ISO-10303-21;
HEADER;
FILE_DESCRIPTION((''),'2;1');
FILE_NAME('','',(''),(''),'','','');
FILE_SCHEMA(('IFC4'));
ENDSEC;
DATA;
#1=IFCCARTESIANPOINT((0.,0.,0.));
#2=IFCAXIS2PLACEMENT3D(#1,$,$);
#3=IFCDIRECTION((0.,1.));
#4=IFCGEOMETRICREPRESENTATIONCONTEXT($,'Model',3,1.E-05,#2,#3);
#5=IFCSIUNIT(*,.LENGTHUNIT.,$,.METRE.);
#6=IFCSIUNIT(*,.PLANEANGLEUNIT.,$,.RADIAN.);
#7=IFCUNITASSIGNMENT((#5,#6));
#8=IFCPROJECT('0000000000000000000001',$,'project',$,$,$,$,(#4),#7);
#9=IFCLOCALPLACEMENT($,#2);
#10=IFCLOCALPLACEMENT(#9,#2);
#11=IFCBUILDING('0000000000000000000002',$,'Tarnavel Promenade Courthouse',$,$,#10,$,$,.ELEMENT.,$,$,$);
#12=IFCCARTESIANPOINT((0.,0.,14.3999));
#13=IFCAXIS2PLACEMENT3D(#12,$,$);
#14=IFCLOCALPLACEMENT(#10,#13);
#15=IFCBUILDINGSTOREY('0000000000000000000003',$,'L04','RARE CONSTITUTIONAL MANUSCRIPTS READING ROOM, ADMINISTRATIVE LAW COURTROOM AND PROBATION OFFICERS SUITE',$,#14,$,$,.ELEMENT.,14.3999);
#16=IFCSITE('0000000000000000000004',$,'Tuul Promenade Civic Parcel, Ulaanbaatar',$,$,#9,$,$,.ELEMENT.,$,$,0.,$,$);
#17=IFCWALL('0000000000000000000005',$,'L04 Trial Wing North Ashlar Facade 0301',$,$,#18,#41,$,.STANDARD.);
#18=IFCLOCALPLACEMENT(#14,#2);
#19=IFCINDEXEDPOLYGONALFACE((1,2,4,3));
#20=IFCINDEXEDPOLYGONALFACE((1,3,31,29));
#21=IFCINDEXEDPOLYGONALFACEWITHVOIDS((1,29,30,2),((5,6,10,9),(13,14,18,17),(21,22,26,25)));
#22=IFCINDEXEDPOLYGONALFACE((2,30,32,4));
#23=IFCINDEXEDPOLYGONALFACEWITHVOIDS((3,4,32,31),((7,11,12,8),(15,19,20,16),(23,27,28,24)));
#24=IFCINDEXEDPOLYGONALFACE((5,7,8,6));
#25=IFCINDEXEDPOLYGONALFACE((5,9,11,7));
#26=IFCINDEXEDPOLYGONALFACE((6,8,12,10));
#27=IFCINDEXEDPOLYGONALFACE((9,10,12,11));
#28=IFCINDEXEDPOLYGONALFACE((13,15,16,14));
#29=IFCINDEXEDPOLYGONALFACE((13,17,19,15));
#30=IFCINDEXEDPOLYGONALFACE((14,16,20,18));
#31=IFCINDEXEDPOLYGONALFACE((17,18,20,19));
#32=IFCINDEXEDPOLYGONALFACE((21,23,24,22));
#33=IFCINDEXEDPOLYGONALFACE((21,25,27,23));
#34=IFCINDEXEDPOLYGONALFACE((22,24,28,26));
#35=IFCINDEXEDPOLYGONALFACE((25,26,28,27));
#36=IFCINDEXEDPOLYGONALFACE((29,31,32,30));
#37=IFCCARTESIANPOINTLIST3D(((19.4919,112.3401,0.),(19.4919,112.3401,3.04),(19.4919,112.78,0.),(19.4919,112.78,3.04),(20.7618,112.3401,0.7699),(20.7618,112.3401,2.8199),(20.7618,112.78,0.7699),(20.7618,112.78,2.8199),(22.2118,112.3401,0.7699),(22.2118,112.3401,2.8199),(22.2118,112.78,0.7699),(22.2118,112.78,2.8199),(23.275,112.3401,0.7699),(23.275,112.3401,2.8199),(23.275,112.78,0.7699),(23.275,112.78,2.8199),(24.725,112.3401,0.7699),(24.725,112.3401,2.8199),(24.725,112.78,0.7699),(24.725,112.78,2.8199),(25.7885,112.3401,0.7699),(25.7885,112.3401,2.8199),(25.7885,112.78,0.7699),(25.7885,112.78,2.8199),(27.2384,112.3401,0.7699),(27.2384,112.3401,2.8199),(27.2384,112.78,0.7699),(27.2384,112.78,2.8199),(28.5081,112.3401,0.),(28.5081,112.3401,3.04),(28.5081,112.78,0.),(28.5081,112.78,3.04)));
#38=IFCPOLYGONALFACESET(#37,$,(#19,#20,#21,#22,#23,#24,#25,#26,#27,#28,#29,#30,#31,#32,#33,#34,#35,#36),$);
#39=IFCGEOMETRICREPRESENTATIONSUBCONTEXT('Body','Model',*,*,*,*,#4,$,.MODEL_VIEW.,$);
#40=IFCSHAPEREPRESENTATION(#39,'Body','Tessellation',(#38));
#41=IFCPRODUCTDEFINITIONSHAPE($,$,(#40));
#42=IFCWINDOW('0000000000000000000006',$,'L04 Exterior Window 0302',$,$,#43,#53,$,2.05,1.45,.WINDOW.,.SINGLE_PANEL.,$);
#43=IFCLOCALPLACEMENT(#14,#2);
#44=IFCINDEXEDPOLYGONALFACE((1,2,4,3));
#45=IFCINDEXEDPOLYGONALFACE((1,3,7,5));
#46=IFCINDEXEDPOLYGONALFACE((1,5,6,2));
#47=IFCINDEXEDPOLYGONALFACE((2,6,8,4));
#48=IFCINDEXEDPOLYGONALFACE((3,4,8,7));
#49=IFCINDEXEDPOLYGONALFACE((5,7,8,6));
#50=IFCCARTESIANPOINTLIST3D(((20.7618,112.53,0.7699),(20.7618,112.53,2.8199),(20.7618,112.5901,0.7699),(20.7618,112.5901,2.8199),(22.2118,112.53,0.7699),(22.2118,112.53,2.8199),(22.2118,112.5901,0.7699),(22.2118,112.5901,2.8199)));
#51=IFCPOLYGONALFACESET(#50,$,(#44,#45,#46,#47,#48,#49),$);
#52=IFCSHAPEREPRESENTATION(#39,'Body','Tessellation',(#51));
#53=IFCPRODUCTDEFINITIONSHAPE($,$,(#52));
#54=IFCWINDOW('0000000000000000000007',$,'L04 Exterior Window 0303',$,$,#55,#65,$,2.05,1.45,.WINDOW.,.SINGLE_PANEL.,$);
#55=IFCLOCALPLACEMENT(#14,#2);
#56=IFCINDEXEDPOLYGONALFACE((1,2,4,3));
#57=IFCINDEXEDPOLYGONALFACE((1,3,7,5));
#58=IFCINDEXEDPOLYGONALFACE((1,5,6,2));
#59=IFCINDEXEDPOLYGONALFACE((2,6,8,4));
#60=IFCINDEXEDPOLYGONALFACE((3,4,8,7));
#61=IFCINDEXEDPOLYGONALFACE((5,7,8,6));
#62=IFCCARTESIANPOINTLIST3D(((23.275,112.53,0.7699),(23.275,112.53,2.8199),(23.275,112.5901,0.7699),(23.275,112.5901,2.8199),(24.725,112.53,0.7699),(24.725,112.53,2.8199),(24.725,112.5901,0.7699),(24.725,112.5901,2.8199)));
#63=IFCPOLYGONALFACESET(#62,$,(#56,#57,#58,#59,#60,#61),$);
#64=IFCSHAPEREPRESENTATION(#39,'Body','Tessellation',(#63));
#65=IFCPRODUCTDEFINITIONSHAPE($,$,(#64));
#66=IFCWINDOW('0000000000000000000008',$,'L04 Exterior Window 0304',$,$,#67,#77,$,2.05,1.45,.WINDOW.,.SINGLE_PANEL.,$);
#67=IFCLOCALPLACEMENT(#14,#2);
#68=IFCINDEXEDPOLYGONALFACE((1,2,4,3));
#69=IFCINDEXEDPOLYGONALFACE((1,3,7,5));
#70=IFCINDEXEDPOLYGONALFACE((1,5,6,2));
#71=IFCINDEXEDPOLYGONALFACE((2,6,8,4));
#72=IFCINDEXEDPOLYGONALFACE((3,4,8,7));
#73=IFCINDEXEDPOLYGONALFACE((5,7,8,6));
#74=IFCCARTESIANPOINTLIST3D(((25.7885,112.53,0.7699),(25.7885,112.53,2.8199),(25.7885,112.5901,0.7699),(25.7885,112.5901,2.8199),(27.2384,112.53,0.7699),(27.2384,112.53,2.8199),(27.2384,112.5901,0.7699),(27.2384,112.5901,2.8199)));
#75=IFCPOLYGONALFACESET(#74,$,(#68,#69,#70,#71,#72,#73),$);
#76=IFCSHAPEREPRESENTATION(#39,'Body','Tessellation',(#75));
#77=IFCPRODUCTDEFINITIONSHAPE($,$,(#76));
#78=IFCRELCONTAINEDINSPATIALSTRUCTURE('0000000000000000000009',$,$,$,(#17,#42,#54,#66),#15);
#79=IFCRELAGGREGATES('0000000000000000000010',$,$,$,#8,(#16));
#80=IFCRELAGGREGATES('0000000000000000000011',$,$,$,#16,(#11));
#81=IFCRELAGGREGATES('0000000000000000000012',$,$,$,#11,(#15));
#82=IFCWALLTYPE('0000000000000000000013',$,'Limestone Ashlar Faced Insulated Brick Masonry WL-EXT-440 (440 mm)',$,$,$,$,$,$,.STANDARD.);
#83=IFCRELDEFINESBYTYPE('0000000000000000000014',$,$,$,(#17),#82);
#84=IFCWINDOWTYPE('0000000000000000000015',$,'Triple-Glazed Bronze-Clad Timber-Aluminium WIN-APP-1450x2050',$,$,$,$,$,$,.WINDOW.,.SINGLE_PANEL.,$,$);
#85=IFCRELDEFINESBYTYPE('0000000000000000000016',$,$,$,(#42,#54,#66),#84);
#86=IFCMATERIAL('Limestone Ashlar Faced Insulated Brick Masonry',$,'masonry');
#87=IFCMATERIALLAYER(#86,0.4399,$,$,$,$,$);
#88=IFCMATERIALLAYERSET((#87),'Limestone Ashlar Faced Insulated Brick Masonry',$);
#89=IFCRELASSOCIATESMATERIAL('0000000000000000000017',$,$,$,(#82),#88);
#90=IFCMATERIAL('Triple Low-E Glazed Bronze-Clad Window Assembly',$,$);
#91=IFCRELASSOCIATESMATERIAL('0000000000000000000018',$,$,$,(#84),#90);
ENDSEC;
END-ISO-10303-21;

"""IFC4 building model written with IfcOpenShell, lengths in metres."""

from ifc_helpers import new_model, si_unit, direction, frame, frame_2d, origin, place, context, subcontext, project, spatial, rectangle, extrude, material, layer, layer_set, type_object, element, fill, save


model = new_model("IFC4")

# Units and contexts
model_context = context("Model", 3, precision=1e-05, world=origin(), true_north=direction((0.0, 1.0)))
body_context = subcontext(model_context, "Body", "Model", "MODEL_VIEW")
ifc_project = project(units=[si_unit("LENGTHUNIT", "METRE"), si_unit("PLANEANGLEUNIT", "RADIAN")], contexts=[model_context])

# Site, building, storey
site_placement = place(None, origin())
site = spatial("IfcSite", under=ifc_project, at=site_placement, Name="Tuul Promenade Civic Parcel, Ulaanbaatar", CompositionType="ELEMENT", RefElevation=0.0)
building_placement = place(site_placement, origin())
building = spatial("IfcBuilding", under=site, at=building_placement, Name="Tarnavel Promenade Courthouse", CompositionType="ELEMENT")
storey_placement = place(building_placement, frame((0.0, 0.0, 14.3999)))
storey = spatial("IfcBuildingStorey", under=building, at=storey_placement, Name="L04", Description="RARE CONSTITUTIONAL MANUSCRIPTS READING ROOM, ADMINISTRATIVE LAW COURTROOM AND PROBATION OFFICERS SUITE", CompositionType="ELEMENT", Elevation=14.3999)

# Wall, openings, windows
ifc_material_1 = material(Name="Limestone Ashlar Faced Insulated Brick Masonry", Category="masonry")
ifc_layer_1 = layer(ifc_material_1, 0.4399)
ifc_layer_set_1 = layer_set([ifc_layer_1], Name="Limestone Ashlar Faced Insulated Brick Masonry")
wall_type_1 = type_object("IfcWallType", Name="Limestone Ashlar Faced Insulated Brick Masonry WL-EXT-440 (440 mm)", PredefinedType="STANDARD", material=ifc_layer_set_1)
ifc_material_2 = material(Name="Triple Low-E Glazed Bronze-Clad Window Assembly")
window_type = type_object("IfcWindowType", Name="Triple-Glazed Bronze-Clad Timber-Aluminium WIN-APP-1450x2050", PartitioningType="SINGLE_PANEL", PredefinedType="WINDOW", material=ifc_material_2)
wall_1_placement = place(storey_placement, frame((19.4919, 112.5601, 0.0), z_axis=(0.0, 0.0, 1.0), x_axis=(1.0, 0.0, 0.0)))
wall_1 = element("IfcWall", 1, at=wall_1_placement, inside=storey, type_object=wall_type_1, Name="L04 Trial Wing North Ashlar Facade 0301", PredefinedType="STANDARD", context=body_context, shape_type="SweptSolid", body=[
    extrude(rectangle(XDim=9.0161, YDim=0.4399, at=frame_2d((4.5081, 0.0))), origin(), (0.0, 0.0, 1.0), 3.04),
])
opening_1_placement = place(wall_1_placement, frame((1.2698, 0.0, 0.77)))
opening_1 = element("IfcOpeningElement", 2, at=opening_1_placement, cuts=wall_1, PredefinedType="OPENING", context=body_context, shape_type="SweptSolid", body=[
    extrude(rectangle(XDim=1.45, YDim=2.05, at=frame_2d((0.7251, 1.0249))), frame((0.0, 0.23, 0.0), z_axis=(0.0, -1.0, 0.0), x_axis=(1.0, 0.0, 0.0)), (0.0, 0.0, 1.0), 0.46),
])
opening_2_placement = place(wall_1_placement, frame((3.783, 0.0, 0.77)))
opening_2 = element("IfcOpeningElement", 3, at=opening_2_placement, cuts=wall_1, PredefinedType="OPENING", context=body_context, shape_type="SweptSolid", body=[
    extrude(rectangle(XDim=1.45, YDim=2.05, at=frame_2d((0.7251, 1.0249))), frame((0.0, 0.23, 0.0), z_axis=(0.0, -1.0, 0.0), x_axis=(1.0, 0.0, 0.0)), (0.0, 0.0, 1.0), 0.46),
])
opening_3_placement = place(wall_1_placement, frame((6.2964, 0.0, 0.77)))
opening_3 = element("IfcOpeningElement", 4, at=opening_3_placement, cuts=wall_1, PredefinedType="OPENING", context=body_context, shape_type="SweptSolid", body=[
    extrude(rectangle(XDim=1.45, YDim=2.05, at=frame_2d((0.7251, 1.0249))), frame((0.0, 0.23, 0.0), z_axis=(0.0, -1.0, 0.0), x_axis=(1.0, 0.0, 0.0)), (0.0, 0.0, 1.0), 0.46),
])
window_1_placement = place(opening_1_placement, origin())
window_1 = element("IfcWindow", 5, at=window_1_placement, inside=storey, type_object=window_type, Name="L04 Exterior Window 0302", OverallHeight=2.05, OverallWidth=1.45, PartitioningType="SINGLE_PANEL", PredefinedType="WINDOW", context=body_context, shape_type="SweptSolid", body=[
    extrude(rectangle(XDim=1.45, YDim=2.05, at=frame_2d((0.7251, 1.0249))), frame((0.0, 0.03, 0.0), z_axis=(0.0, -1.0, 0.0), x_axis=(1.0, 0.0, 0.0)), (0.0, 0.0, 1.0), 0.0601),
])
fill(opening_1, window_1)
window_2_placement = place(opening_2_placement, origin())
window_2 = element("IfcWindow", 6, at=window_2_placement, inside=storey, type_object=window_type, Name="L04 Exterior Window 0303", OverallHeight=2.05, OverallWidth=1.45, PartitioningType="SINGLE_PANEL", PredefinedType="WINDOW", context=body_context, shape_type="SweptSolid", body=[
    extrude(rectangle(XDim=1.45, YDim=2.05, at=frame_2d((0.7251, 1.0249))), frame((0.0, 0.03, 0.0), z_axis=(0.0, -1.0, 0.0), x_axis=(1.0, 0.0, 0.0)), (0.0, 0.0, 1.0), 0.0601),
])
fill(opening_2, window_2)
window_3_placement = place(opening_3_placement, origin())
window_3 = element("IfcWindow", 7, at=window_3_placement, inside=storey, type_object=window_type, Name="L04 Exterior Window 0304", OverallHeight=2.05, OverallWidth=1.45, PartitioningType="SINGLE_PANEL", PredefinedType="WINDOW", context=body_context, shape_type="SweptSolid", body=[
    extrude(rectangle(XDim=1.45, YDim=2.05, at=frame_2d((0.7251, 1.0249))), frame((0.0, 0.03, 0.0), z_axis=(0.0, -1.0, 0.0), x_axis=(1.0, 0.0, 0.0)), (0.0, 0.0, 1.0), 0.0601),
])
fill(opening_3, window_3)

save(model, "model.ifc")
